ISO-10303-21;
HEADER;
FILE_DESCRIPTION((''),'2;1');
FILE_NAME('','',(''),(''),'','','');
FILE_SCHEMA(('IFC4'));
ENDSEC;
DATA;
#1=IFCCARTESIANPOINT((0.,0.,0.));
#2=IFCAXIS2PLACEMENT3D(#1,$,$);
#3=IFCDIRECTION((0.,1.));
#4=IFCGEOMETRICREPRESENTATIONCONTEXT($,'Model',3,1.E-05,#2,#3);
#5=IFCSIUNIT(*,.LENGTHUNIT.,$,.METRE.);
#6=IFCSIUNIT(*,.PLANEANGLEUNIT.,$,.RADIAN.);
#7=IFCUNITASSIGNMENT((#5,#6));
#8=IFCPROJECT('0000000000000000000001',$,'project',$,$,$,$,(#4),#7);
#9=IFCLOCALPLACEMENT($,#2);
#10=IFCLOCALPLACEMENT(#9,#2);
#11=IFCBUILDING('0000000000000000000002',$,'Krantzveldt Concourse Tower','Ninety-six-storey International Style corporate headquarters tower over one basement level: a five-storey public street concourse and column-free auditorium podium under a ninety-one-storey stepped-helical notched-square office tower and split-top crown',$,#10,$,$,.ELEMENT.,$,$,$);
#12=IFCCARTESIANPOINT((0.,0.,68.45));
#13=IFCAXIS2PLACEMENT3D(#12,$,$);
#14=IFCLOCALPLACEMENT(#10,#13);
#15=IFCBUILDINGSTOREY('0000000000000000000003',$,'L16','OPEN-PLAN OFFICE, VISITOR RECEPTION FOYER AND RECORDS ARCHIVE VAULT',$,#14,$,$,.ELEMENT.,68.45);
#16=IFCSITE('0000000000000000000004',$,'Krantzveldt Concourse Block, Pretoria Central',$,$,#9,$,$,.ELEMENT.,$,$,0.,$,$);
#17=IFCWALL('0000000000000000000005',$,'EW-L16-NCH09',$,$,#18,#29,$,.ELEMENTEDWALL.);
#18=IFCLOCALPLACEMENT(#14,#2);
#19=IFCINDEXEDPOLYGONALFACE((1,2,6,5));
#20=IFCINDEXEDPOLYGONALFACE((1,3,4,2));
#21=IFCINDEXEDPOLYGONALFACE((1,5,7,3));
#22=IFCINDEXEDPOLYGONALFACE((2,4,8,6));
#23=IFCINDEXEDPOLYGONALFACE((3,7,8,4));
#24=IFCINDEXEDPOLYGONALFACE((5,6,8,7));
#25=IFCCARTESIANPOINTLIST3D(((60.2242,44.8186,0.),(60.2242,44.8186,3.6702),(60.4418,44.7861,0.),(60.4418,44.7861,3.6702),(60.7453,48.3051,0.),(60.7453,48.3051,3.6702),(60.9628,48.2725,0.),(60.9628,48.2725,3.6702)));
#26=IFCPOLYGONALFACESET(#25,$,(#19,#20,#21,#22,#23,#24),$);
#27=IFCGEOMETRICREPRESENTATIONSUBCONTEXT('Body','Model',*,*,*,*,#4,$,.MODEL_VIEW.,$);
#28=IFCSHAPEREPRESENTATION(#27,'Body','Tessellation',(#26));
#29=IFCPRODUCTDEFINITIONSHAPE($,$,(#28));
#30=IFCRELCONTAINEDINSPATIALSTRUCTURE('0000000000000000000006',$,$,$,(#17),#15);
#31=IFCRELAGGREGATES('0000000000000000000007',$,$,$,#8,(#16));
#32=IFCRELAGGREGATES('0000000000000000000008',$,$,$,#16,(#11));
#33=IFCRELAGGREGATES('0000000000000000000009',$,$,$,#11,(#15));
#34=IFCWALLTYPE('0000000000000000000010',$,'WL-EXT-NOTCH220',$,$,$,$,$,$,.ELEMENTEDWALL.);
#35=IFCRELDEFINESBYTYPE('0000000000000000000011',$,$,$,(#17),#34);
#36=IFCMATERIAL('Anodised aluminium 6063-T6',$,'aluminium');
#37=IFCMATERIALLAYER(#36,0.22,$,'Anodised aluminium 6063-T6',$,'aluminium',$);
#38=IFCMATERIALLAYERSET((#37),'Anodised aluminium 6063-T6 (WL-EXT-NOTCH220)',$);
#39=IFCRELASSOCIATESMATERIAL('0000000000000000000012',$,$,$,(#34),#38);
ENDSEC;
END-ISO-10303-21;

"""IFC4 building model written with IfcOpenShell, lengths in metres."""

from ifc_helpers import new_model, si_unit, direction, frame, frame_2d, origin, place, context, subcontext, project, spatial, rectangle, extrude, material, layer, layer_set, type_object, element, save


model = new_model("IFC4")

# Units and contexts
model_context = context("Model", 3, precision=1e-05, world=origin(), true_north=direction((0.0, 1.0)))
body_context = subcontext(model_context, "Body", "Model", "MODEL_VIEW")
ifc_project = project(units=[si_unit("LENGTHUNIT", "METRE"), si_unit("PLANEANGLEUNIT", "RADIAN")], contexts=[model_context])

# Site, building, storey
site_placement = place(None, origin())
site = spatial("IfcSite", under=ifc_project, at=site_placement, Name="Krantzveldt Concourse Block, Pretoria Central", CompositionType="ELEMENT", RefElevation=0.0)
building_placement = place(site_placement, origin())
building = spatial("IfcBuilding", under=site, at=building_placement, Name="Krantzveldt Concourse Tower", Description="Ninety-six-storey International Style corporate headquarters tower over one basement level: a five-storey public street concourse and column-free auditorium podium under a ninety-one-storey stepped-helical notched-square office tower and split-top crown", CompositionType="ELEMENT")
storey_placement = place(building_placement, frame((0.0, 0.0, 68.45)))
storey = spatial("IfcBuildingStorey", under=building, at=storey_placement, Name="L16", Description="OPEN-PLAN OFFICE, VISITOR RECEPTION FOYER AND RECORDS ARCHIVE VAULT", CompositionType="ELEMENT", Elevation=68.45)

# Shared definitions
ifc_material_1 = material(Name="Anodised aluminium 6063-T6", Category="aluminium")

# Wall
ifc_layer_1 = layer(ifc_material_1, 0.22, Name="Anodised aluminium 6063-T6", Category="aluminium")
ifc_layer_set_1 = layer_set([ifc_layer_1], Name="Anodised aluminium 6063-T6 (WL-EXT-NOTCH220)")
wall_type = type_object("IfcWallType", Name="WL-EXT-NOTCH220", PredefinedType="ELEMENTEDWALL", material=ifc_layer_set_1)
wall_1_placement = place(storey_placement, frame((60.333, 44.8022, 0.0), z_axis=(0.0, 0.0, 1.0), x_axis=(0.147799, 0.989017, 0.0)))
element("IfcWall", 1, at=wall_1_placement, inside=storey, type_object=wall_type, Name="EW-L16-NCH09", PredefinedType="ELEMENTEDWALL", context=body_context, shape_type="SweptSolid", body=[
    extrude(rectangle(XDim=3.5251, YDim=0.22, at=frame_2d((1.7627, 0.0))), origin(), (0.0, 0.0, 1.0), 3.6702),
])

save(model, "model.ifc")
